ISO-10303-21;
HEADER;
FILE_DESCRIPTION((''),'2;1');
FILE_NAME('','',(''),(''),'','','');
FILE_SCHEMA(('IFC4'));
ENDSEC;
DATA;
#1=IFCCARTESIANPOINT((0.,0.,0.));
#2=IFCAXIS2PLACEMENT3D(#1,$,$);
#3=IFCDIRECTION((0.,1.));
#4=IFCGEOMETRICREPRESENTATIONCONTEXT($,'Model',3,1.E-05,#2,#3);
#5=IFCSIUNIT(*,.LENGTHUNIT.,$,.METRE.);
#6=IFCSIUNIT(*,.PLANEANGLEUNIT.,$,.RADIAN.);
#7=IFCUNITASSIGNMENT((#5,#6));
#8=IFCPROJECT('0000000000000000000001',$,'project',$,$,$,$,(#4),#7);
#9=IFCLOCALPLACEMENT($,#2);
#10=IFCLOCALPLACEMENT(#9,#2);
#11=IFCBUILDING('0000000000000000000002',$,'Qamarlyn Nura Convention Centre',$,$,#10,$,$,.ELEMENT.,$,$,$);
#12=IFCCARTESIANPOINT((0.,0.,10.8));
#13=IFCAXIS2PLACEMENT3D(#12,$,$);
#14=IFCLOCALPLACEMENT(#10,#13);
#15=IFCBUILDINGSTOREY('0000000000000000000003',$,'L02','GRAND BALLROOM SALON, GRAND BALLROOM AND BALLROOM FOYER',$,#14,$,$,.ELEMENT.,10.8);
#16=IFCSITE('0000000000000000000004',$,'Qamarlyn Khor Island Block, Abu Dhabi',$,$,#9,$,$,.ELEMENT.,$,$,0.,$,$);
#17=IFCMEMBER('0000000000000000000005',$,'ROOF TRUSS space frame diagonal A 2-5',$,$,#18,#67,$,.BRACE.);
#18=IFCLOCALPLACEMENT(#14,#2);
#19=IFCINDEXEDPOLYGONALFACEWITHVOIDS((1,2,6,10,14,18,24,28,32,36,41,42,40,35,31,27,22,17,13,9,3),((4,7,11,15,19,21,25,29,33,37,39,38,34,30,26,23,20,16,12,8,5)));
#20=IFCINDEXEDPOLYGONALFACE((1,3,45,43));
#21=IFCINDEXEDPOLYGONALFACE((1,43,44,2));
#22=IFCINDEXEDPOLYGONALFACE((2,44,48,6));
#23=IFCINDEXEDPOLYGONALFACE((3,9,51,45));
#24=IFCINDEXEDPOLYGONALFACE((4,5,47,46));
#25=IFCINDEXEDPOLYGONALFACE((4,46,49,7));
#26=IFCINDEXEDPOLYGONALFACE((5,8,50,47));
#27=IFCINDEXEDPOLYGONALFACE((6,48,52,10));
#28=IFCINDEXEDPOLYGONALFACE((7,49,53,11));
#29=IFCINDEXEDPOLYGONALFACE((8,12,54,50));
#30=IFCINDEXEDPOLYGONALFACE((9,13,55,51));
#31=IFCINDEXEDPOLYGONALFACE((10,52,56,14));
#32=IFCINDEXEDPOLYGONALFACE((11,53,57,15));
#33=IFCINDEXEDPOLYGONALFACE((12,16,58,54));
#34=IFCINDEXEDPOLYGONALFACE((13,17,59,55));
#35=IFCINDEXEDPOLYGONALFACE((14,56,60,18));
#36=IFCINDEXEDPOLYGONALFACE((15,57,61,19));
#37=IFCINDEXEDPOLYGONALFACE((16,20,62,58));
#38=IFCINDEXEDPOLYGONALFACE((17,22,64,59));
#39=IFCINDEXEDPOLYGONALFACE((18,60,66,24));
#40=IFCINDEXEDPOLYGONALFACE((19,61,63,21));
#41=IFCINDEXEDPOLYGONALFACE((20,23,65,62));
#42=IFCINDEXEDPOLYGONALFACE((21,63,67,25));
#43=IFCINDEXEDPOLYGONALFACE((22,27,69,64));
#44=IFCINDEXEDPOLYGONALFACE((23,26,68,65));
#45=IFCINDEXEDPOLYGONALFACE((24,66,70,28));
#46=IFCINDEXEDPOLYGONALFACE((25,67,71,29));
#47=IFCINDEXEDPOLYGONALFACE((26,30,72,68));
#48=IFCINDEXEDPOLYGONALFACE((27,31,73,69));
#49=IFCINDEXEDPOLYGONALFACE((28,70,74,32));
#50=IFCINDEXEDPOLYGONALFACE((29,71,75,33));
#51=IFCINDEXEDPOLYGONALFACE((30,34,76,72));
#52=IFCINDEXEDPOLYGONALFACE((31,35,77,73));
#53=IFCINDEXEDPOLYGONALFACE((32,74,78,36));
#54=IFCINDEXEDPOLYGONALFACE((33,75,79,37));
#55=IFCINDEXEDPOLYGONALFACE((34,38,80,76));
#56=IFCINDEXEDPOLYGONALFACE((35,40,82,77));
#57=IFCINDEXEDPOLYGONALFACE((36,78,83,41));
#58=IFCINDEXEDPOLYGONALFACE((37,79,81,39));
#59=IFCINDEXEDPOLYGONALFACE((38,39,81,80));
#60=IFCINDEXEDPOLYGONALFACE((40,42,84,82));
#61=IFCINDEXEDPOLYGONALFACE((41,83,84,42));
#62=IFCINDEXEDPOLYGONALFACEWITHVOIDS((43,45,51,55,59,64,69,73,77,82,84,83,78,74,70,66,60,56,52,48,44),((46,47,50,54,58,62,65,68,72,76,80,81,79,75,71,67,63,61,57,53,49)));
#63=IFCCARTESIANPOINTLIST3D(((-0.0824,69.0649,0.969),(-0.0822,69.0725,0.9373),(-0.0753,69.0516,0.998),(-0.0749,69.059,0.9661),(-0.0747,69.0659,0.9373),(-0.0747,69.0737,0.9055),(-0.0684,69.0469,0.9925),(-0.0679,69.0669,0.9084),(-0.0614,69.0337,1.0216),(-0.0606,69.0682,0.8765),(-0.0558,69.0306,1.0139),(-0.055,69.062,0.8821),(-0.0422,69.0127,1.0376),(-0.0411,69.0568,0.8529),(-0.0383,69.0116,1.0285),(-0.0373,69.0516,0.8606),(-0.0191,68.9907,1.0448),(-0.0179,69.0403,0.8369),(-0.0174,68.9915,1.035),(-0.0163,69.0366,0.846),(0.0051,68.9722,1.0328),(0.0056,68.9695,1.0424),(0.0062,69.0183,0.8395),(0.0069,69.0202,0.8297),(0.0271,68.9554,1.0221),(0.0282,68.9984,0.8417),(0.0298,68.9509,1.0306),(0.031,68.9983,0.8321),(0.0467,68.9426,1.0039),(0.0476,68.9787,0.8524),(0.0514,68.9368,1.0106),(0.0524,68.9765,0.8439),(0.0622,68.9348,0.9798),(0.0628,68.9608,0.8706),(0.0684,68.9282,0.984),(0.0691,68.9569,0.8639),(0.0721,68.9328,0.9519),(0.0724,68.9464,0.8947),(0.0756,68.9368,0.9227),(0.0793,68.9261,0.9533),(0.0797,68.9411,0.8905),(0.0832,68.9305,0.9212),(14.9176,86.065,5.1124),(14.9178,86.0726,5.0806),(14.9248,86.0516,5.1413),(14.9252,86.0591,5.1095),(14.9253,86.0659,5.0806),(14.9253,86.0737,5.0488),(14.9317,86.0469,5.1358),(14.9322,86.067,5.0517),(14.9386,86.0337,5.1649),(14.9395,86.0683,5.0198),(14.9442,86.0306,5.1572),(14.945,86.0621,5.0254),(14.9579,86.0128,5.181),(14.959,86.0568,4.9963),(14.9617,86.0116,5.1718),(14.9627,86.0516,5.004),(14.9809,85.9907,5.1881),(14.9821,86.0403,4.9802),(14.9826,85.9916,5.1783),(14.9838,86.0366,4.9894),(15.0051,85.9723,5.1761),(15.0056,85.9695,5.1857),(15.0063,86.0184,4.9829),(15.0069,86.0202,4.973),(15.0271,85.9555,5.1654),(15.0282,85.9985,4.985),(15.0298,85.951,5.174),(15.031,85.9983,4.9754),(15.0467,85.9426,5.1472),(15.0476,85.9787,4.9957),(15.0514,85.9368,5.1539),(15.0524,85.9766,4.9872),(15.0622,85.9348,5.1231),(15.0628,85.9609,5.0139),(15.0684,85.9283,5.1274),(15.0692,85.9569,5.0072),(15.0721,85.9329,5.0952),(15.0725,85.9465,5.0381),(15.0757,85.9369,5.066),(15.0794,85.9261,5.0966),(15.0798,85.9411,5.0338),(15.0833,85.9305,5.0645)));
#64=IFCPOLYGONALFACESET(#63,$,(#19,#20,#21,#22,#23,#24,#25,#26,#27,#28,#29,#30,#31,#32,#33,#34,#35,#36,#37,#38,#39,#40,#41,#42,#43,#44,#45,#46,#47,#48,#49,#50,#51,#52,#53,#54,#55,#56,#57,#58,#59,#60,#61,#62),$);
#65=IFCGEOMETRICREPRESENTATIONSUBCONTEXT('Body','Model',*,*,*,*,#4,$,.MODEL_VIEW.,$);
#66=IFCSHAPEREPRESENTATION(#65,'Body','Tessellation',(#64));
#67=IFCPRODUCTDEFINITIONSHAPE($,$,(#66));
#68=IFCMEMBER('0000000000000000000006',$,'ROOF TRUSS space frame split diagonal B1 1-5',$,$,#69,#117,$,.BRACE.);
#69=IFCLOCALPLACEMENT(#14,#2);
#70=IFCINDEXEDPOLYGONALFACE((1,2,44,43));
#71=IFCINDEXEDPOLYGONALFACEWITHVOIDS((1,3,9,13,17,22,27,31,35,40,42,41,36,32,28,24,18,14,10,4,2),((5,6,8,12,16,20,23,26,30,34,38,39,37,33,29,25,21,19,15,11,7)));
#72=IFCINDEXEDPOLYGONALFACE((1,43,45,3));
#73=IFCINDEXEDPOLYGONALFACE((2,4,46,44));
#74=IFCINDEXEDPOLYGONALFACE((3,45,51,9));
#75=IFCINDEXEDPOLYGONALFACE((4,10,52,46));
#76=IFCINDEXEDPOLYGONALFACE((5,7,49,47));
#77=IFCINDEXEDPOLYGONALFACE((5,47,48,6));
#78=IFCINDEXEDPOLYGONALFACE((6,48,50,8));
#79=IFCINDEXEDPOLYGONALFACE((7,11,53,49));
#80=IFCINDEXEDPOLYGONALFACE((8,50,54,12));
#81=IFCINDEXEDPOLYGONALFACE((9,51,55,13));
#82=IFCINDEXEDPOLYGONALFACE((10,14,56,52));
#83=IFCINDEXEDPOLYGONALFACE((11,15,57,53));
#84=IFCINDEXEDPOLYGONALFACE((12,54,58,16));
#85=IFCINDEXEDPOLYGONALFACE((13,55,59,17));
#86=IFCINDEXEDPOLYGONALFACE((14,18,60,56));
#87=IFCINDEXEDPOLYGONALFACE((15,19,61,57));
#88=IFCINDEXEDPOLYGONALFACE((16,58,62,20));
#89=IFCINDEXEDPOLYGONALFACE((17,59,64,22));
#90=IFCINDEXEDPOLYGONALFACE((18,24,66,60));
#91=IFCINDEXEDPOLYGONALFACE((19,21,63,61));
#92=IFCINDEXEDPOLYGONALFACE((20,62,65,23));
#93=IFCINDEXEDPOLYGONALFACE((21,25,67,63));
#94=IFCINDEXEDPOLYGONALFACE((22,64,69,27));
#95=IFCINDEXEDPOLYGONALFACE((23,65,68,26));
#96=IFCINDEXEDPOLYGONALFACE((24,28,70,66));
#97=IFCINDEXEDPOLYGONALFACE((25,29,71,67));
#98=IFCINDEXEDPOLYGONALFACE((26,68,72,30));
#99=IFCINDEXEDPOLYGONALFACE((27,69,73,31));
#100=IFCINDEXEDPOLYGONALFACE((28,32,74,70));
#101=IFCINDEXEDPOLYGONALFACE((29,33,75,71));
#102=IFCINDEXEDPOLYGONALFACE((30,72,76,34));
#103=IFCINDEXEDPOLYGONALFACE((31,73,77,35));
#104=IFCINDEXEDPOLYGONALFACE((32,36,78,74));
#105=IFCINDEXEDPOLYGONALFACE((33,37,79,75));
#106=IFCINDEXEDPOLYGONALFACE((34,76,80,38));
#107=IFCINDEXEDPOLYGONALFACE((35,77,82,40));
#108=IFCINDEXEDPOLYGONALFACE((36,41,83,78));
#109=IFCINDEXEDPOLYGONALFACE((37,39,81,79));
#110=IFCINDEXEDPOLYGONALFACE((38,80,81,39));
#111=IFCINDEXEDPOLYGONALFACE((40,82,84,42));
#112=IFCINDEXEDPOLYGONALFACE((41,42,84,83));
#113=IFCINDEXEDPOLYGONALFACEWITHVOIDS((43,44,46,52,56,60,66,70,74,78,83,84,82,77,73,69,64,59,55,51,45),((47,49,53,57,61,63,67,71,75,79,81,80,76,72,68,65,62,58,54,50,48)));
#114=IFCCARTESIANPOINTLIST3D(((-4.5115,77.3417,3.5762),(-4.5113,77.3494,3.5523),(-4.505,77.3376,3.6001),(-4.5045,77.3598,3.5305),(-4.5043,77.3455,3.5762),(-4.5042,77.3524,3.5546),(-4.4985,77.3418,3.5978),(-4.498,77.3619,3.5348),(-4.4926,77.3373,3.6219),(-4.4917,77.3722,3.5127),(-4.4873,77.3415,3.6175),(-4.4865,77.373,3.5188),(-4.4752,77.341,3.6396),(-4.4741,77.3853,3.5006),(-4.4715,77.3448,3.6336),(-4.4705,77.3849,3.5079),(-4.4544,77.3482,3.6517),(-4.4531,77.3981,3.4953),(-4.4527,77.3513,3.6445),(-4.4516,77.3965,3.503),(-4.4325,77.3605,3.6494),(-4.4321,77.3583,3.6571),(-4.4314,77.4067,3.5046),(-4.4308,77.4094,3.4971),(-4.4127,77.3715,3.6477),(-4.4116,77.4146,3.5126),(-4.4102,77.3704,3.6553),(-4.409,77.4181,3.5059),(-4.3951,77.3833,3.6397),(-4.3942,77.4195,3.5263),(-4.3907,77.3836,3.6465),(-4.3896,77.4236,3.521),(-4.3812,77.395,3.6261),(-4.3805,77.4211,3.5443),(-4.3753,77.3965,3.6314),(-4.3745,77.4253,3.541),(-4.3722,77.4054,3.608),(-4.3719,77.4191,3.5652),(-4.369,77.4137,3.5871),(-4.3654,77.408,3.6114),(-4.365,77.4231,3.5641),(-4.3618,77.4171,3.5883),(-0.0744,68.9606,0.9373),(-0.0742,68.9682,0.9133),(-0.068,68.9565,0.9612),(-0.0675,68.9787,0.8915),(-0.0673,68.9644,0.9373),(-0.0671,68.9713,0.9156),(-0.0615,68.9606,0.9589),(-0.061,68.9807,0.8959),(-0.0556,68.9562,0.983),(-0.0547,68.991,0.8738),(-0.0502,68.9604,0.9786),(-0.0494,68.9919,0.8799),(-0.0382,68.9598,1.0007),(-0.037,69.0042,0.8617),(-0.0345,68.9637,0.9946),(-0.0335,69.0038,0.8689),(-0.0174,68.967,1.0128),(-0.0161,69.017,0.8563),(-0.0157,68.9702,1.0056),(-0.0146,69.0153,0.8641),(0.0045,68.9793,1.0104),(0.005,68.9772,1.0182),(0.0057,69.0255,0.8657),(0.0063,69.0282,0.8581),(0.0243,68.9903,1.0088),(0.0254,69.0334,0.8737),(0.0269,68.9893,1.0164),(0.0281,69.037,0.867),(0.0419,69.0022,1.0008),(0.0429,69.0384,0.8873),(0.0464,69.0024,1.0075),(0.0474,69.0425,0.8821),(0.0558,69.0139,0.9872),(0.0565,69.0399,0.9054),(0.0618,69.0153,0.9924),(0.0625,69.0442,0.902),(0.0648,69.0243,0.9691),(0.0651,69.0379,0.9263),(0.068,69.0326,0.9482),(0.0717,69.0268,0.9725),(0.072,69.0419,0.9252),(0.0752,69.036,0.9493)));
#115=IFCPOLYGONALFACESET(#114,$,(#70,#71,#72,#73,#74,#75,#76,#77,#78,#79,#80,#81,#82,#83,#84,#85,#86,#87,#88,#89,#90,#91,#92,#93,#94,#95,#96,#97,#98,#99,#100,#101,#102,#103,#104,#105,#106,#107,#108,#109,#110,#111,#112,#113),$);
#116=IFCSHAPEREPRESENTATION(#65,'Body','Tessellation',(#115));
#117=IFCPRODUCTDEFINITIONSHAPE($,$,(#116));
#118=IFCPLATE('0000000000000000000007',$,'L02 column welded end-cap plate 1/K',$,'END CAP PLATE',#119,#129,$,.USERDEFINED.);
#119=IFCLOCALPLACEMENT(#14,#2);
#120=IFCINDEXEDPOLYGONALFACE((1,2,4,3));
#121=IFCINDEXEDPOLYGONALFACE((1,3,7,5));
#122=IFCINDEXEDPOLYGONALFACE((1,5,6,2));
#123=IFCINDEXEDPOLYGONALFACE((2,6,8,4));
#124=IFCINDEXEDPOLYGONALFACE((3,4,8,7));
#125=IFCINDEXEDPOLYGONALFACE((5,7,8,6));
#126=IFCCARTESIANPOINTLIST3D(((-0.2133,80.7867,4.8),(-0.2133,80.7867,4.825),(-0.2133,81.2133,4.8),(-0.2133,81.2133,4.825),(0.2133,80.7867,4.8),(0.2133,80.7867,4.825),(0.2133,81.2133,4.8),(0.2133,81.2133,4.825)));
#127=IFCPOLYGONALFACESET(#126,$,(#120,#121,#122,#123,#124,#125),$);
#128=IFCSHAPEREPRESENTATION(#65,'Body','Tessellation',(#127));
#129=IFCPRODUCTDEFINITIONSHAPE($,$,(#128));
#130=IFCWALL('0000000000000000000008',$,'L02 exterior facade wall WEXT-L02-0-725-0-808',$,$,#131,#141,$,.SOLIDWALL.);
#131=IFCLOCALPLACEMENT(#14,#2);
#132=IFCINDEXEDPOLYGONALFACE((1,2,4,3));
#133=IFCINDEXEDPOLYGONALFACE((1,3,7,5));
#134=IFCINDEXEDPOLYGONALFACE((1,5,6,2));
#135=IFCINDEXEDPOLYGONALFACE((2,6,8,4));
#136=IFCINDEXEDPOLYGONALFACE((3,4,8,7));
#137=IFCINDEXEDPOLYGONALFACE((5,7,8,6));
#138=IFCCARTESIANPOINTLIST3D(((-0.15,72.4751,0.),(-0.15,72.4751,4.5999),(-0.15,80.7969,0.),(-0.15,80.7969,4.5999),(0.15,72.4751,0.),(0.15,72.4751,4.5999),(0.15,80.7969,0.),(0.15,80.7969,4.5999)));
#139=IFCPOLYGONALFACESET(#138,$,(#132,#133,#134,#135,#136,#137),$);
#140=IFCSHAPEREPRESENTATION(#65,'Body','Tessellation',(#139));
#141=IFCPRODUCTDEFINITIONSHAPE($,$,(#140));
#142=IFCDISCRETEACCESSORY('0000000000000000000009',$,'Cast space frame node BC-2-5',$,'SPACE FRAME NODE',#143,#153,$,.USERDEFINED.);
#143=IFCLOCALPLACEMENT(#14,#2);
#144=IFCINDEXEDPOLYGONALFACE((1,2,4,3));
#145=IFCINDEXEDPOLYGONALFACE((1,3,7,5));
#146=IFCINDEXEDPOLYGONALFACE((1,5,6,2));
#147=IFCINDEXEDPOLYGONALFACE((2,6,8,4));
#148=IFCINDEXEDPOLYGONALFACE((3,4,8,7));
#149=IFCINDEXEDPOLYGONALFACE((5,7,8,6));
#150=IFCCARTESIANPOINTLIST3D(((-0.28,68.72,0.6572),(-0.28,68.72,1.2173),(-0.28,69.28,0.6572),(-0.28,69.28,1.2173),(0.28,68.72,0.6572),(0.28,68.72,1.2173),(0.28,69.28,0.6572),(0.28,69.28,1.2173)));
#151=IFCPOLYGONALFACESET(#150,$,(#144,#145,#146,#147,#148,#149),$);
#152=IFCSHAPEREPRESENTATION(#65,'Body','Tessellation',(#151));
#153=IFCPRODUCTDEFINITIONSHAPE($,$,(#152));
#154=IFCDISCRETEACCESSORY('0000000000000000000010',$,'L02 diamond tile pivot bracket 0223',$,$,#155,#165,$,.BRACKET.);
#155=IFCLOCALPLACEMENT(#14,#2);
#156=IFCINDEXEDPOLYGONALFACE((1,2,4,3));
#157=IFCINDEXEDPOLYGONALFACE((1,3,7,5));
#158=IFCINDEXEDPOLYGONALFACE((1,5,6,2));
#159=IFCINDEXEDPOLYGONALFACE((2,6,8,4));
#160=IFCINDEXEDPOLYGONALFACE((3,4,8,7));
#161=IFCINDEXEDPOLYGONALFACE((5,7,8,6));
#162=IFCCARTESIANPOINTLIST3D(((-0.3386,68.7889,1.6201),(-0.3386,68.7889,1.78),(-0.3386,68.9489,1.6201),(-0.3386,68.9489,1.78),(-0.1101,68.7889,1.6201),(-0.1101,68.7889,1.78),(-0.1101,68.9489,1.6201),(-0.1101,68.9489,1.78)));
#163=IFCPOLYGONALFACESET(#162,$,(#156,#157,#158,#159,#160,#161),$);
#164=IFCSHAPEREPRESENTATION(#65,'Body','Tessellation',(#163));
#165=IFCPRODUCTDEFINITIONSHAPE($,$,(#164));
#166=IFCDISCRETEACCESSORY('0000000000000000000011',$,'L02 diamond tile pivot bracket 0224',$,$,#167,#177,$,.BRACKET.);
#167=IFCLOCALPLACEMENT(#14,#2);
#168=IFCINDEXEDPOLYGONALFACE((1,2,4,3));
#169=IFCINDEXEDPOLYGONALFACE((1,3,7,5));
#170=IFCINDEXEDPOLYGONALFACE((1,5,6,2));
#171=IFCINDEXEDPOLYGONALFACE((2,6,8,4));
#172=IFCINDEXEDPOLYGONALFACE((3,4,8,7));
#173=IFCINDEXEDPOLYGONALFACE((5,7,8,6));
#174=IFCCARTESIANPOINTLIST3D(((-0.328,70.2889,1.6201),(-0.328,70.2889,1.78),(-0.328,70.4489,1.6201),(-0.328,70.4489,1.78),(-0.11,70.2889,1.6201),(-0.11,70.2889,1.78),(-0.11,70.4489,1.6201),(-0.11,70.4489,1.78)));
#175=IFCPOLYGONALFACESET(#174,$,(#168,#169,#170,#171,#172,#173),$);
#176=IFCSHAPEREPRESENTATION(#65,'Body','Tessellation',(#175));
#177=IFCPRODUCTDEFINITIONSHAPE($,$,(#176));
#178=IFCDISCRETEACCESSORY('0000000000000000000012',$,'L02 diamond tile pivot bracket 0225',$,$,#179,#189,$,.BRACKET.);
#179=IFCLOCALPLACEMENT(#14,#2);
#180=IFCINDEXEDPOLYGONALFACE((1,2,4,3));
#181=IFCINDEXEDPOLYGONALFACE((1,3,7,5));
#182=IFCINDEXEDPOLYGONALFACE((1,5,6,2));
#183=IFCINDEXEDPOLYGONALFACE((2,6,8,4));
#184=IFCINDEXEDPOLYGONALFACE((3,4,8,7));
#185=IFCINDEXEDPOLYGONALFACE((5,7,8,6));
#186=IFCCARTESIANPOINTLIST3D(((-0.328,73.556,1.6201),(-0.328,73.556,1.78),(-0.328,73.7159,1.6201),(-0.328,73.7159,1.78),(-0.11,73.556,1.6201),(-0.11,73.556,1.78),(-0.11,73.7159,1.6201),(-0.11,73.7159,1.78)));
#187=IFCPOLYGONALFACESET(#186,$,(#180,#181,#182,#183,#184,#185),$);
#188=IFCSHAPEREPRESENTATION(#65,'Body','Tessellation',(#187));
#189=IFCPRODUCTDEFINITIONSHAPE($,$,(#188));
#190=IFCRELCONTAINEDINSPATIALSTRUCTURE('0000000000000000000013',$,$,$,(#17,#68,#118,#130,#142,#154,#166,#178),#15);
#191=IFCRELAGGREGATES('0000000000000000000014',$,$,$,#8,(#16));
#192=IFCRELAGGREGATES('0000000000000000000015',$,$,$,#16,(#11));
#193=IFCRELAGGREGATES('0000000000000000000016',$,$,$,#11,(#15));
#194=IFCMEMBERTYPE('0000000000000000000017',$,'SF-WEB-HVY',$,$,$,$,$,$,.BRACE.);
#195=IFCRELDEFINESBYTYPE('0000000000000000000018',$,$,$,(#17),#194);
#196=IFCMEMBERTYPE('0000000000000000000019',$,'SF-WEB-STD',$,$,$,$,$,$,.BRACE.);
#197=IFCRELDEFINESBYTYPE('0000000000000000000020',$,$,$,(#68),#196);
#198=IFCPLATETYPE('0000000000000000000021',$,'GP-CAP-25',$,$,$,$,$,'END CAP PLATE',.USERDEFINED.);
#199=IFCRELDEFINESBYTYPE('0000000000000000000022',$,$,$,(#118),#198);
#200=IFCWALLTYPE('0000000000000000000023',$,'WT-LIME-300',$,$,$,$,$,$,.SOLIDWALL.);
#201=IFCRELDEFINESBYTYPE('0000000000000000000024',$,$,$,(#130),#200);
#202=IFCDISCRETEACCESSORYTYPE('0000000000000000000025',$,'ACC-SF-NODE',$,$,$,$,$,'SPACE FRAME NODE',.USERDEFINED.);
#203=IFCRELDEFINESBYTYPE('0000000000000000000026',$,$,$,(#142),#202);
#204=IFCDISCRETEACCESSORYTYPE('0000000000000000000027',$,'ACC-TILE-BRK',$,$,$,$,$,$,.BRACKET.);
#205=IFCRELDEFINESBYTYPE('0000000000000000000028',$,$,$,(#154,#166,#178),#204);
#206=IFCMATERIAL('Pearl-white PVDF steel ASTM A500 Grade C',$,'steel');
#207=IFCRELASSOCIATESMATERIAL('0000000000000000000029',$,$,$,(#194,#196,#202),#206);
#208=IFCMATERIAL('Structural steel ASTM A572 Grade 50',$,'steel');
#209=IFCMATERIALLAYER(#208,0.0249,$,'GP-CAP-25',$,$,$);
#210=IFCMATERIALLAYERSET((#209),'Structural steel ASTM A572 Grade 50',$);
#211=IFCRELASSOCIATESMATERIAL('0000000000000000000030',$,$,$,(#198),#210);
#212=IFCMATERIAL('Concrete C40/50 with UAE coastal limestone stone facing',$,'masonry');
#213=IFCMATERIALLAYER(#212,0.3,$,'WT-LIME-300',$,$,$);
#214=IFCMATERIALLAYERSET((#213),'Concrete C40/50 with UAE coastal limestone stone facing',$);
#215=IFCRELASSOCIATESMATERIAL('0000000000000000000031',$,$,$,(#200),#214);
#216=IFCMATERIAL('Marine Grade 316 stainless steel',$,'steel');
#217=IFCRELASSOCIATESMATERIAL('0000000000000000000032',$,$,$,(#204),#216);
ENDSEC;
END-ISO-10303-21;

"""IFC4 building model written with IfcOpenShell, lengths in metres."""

from ifc_helpers import new_model, si_unit, direction, frame, frame_2d, origin, origin_2d, place, context, subcontext, project, spatial, rectangle, hollow_circle, extrude, material, layer, layer_set, material_profile, profile_set, type_object, element, save


model = new_model("IFC4")

# Units and contexts
model_context = context("Model", 3, precision=1e-05, world=origin(), true_north=direction((0.0, 1.0)))
body_context = subcontext(model_context, "Body", "Model", "MODEL_VIEW")
ifc_project = project(units=[si_unit("LENGTHUNIT", "METRE"), si_unit("PLANEANGLEUNIT", "RADIAN")], contexts=[model_context])

# Site, building, storey
site_placement = place(None, origin())
site = spatial("IfcSite", under=ifc_project, at=site_placement, Name="Qamarlyn Khor Island Block, Abu Dhabi", CompositionType="ELEMENT", RefElevation=0.0)
building_placement = place(site_placement, origin())
building = spatial("IfcBuilding", under=site, at=building_placement, Name="Qamarlyn Nura Convention Centre", CompositionType="ELEMENT")
storey_placement = place(building_placement, frame((0.0, 0.0, 10.8)))
storey = spatial("IfcBuildingStorey", under=building, at=storey_placement, Name="L02", Description="GRAND BALLROOM SALON, GRAND BALLROOM AND BALLROOM FOYER", CompositionType="ELEMENT", Elevation=10.8)

# Shared definitions
ifc_material_1 = material(Name="Pearl-white PVDF steel ASTM A500 Grade C", Category="steel")

# Members
ifc_material_profile_1 = material_profile(ifc_material_1, hollow_circle(Radius=0.1096, WallThickness=0.01, at=origin_2d()), Name="CHS219.1X10")
ifc_profile_set_1 = profile_set([ifc_material_profile_1], Name="Pearl-white PVDF steel ASTM A500 Grade C")
member_type_1 = type_object("IfcMemberType", Name="SF-WEB-HVY", PredefinedType="BRACE", material=ifc_profile_set_1)
member_1_placement = place(storey_placement, frame((0.0, 69.0, 0.9373), z_axis=(0.650842, 0.737621, 0.179776), x_axis=(-0.749838, 0.661622, 0.0)))
element("IfcMember", 1, at=member_1_placement, inside=storey, type_object=member_type_1, Name="ROOF TRUSS space frame diagonal A 2-5", PredefinedType="BRACE", context=body_context, shape_type="SweptSolid", body=[
    extrude(hollow_circle(Radius=0.1096, WallThickness=0.01, at=origin_2d()), origin(), (0.0, 0.0, 1.0), 23.0471),
])
ifc_material_profile_2 = material_profile(ifc_material_1, hollow_circle(Radius=0.0842, WallThickness=0.0081, at=origin_2d()), Name="CHS168.3X8")
ifc_profile_set_2 = profile_set([ifc_material_profile_2], Name="Pearl-white PVDF steel ASTM A500 Grade C")
member_type_2 = type_object("IfcMemberType", Name="SF-WEB-STD", PredefinedType="BRACE", material=ifc_profile_set_2)
member_2_placement = place(storey_placement, frame((0.0, 69.0, 0.9373), z_axis=(-0.450757, 0.851438, 0.268088), x_axis=(-0.88379, -0.467884, 0.0)))
element("IfcMember", 2, at=member_2_placement, inside=storey, type_object=member_type_2, Name="ROOF TRUSS space frame split diagonal B1 1-5", PredefinedType="BRACE", context=body_context, shape_type="SweptSolid", body=[
    extrude(hollow_circle(Radius=0.0842, WallThickness=0.0081, at=origin_2d()), origin(), (0.0, 0.0, 1.0), 9.8435),
])

# Plate
ifc_material_2 = material(Name="Structural steel ASTM A572 Grade 50", Category="steel")
ifc_layer_1 = layer(ifc_material_2, 0.0249, Name="GP-CAP-25")
ifc_layer_set_1 = layer_set([ifc_layer_1], Name="Structural steel ASTM A572 Grade 50")
plate_type = type_object("IfcPlateType", Name="GP-CAP-25", ElementType="END CAP PLATE", PredefinedType="USERDEFINED", material=ifc_layer_set_1)
plate_placement = place(storey_placement, frame((0.0, 81.0, 4.8), z_axis=(0.0, 0.0, 1.0), x_axis=(1.0, 0.0, 0.0)))
element("IfcPlate", 3, at=plate_placement, inside=storey, type_object=plate_type, Name="L02 column welded end-cap plate 1/K", ObjectType="END CAP PLATE", PredefinedType="USERDEFINED", context=body_context, shape_type="SweptSolid", body=[
    extrude(rectangle(XDim=0.4265, YDim=0.4265, at=origin_2d()), origin(), (0.0, 0.0, 1.0), 0.0249),
])

# Wall
ifc_material_3 = material(Name="Concrete C40/50 with UAE coastal limestone stone facing", Category="masonry")
ifc_layer_2 = layer(ifc_material_3, 0.3, Name="WT-LIME-300")
ifc_layer_set_2 = layer_set([ifc_layer_2], Name="Concrete C40/50 with UAE coastal limestone stone facing")
wall_type = type_object("IfcWallType", Name="WT-LIME-300", PredefinedType="SOLIDWALL", material=ifc_layer_set_2)
wall_placement = place(storey_placement, frame((0.0, 72.4751, 0.0), z_axis=(0.0, 0.0, 1.0), x_axis=(0.0, 1.0, 0.0)))
element("IfcWall", 4, at=wall_placement, inside=storey, type_object=wall_type, Name="L02 exterior facade wall WEXT-L02-0-725-0-808", PredefinedType="SOLIDWALL", context=body_context, shape_type="SweptSolid", body=[
    extrude(rectangle(XDim=8.3218, YDim=0.3, at=frame_2d((4.1609, 0.0))), origin(), (0.0, 0.0, 1.0), 4.5999),
])

# Discrete accessories
discrete_accessory_type_1 = type_object("IfcDiscreteAccessoryType", Name="ACC-SF-NODE", ElementType="SPACE FRAME NODE", PredefinedType="USERDEFINED", material=ifc_material_1)
discrete_accessory_1_placement = place(storey_placement, frame((0.0, 69.0, 0.6572), z_axis=(0.0, 0.0, 1.0), x_axis=(1.0, 0.0, 0.0)))
element("IfcDiscreteAccessory", 5, at=discrete_accessory_1_placement, inside=storey, type_object=discrete_accessory_type_1, Name="Cast space frame node BC-2-5", ObjectType="SPACE FRAME NODE", PredefinedType="USERDEFINED", context=body_context, shape_type="SweptSolid", body=[
    extrude(rectangle(XDim=0.5601, YDim=0.5601, at=origin_2d()), origin(), (0.0, 0.0, 1.0), 0.5601),
])
ifc_material_4 = material(Name="Marine Grade 316 stainless steel", Category="steel")
discrete_accessory_type_2 = type_object("IfcDiscreteAccessoryType", Name="ACC-TILE-BRK", PredefinedType="BRACKET", material=ifc_material_4)
discrete_accessory_2_placement = place(storey_placement, frame((-0.2244, 68.8689, 1.6201), z_axis=(0.0, 0.0, 1.0), x_axis=(-1.0, 0.0, 0.0)))
element("IfcDiscreteAccessory", 6, at=discrete_accessory_2_placement, inside=storey, type_object=discrete_accessory_type_2, Name="L02 diamond tile pivot bracket 0223", PredefinedType="BRACKET", context=body_context, shape_type="SweptSolid", body=[
    extrude(rectangle(XDim=0.2285, YDim=0.1599, at=origin_2d()), origin(), (0.0, 0.0, 1.0), 0.1599),
])
for number, where, z_axis, x_axis, name in (
    (7, (-0.219, 70.3689, 1.6201), (0.0, 0.0, 1.0), (-1.0, 0.0, 0.0), "L02 diamond tile pivot bracket 0224"),
    (8, (-0.219, 73.636, 1.6201), (0.0, 0.0, 1.0), (-1.0, 0.0, 0.0), "L02 diamond tile pivot bracket 0225"),
):
    element("IfcDiscreteAccessory", number, at=place(storey_placement, frame(where, z_axis=z_axis, x_axis=x_axis)), inside=storey, type_object=discrete_accessory_type_2, Name=name, PredefinedType="BRACKET", context=body_context, shape_type="SweptSolid", body=[
        extrude(rectangle(XDim=0.218, YDim=0.1599, at=origin_2d()), origin(), (0.0, 0.0, 1.0), 0.1599),
    ])

save(model, "model.ifc")
